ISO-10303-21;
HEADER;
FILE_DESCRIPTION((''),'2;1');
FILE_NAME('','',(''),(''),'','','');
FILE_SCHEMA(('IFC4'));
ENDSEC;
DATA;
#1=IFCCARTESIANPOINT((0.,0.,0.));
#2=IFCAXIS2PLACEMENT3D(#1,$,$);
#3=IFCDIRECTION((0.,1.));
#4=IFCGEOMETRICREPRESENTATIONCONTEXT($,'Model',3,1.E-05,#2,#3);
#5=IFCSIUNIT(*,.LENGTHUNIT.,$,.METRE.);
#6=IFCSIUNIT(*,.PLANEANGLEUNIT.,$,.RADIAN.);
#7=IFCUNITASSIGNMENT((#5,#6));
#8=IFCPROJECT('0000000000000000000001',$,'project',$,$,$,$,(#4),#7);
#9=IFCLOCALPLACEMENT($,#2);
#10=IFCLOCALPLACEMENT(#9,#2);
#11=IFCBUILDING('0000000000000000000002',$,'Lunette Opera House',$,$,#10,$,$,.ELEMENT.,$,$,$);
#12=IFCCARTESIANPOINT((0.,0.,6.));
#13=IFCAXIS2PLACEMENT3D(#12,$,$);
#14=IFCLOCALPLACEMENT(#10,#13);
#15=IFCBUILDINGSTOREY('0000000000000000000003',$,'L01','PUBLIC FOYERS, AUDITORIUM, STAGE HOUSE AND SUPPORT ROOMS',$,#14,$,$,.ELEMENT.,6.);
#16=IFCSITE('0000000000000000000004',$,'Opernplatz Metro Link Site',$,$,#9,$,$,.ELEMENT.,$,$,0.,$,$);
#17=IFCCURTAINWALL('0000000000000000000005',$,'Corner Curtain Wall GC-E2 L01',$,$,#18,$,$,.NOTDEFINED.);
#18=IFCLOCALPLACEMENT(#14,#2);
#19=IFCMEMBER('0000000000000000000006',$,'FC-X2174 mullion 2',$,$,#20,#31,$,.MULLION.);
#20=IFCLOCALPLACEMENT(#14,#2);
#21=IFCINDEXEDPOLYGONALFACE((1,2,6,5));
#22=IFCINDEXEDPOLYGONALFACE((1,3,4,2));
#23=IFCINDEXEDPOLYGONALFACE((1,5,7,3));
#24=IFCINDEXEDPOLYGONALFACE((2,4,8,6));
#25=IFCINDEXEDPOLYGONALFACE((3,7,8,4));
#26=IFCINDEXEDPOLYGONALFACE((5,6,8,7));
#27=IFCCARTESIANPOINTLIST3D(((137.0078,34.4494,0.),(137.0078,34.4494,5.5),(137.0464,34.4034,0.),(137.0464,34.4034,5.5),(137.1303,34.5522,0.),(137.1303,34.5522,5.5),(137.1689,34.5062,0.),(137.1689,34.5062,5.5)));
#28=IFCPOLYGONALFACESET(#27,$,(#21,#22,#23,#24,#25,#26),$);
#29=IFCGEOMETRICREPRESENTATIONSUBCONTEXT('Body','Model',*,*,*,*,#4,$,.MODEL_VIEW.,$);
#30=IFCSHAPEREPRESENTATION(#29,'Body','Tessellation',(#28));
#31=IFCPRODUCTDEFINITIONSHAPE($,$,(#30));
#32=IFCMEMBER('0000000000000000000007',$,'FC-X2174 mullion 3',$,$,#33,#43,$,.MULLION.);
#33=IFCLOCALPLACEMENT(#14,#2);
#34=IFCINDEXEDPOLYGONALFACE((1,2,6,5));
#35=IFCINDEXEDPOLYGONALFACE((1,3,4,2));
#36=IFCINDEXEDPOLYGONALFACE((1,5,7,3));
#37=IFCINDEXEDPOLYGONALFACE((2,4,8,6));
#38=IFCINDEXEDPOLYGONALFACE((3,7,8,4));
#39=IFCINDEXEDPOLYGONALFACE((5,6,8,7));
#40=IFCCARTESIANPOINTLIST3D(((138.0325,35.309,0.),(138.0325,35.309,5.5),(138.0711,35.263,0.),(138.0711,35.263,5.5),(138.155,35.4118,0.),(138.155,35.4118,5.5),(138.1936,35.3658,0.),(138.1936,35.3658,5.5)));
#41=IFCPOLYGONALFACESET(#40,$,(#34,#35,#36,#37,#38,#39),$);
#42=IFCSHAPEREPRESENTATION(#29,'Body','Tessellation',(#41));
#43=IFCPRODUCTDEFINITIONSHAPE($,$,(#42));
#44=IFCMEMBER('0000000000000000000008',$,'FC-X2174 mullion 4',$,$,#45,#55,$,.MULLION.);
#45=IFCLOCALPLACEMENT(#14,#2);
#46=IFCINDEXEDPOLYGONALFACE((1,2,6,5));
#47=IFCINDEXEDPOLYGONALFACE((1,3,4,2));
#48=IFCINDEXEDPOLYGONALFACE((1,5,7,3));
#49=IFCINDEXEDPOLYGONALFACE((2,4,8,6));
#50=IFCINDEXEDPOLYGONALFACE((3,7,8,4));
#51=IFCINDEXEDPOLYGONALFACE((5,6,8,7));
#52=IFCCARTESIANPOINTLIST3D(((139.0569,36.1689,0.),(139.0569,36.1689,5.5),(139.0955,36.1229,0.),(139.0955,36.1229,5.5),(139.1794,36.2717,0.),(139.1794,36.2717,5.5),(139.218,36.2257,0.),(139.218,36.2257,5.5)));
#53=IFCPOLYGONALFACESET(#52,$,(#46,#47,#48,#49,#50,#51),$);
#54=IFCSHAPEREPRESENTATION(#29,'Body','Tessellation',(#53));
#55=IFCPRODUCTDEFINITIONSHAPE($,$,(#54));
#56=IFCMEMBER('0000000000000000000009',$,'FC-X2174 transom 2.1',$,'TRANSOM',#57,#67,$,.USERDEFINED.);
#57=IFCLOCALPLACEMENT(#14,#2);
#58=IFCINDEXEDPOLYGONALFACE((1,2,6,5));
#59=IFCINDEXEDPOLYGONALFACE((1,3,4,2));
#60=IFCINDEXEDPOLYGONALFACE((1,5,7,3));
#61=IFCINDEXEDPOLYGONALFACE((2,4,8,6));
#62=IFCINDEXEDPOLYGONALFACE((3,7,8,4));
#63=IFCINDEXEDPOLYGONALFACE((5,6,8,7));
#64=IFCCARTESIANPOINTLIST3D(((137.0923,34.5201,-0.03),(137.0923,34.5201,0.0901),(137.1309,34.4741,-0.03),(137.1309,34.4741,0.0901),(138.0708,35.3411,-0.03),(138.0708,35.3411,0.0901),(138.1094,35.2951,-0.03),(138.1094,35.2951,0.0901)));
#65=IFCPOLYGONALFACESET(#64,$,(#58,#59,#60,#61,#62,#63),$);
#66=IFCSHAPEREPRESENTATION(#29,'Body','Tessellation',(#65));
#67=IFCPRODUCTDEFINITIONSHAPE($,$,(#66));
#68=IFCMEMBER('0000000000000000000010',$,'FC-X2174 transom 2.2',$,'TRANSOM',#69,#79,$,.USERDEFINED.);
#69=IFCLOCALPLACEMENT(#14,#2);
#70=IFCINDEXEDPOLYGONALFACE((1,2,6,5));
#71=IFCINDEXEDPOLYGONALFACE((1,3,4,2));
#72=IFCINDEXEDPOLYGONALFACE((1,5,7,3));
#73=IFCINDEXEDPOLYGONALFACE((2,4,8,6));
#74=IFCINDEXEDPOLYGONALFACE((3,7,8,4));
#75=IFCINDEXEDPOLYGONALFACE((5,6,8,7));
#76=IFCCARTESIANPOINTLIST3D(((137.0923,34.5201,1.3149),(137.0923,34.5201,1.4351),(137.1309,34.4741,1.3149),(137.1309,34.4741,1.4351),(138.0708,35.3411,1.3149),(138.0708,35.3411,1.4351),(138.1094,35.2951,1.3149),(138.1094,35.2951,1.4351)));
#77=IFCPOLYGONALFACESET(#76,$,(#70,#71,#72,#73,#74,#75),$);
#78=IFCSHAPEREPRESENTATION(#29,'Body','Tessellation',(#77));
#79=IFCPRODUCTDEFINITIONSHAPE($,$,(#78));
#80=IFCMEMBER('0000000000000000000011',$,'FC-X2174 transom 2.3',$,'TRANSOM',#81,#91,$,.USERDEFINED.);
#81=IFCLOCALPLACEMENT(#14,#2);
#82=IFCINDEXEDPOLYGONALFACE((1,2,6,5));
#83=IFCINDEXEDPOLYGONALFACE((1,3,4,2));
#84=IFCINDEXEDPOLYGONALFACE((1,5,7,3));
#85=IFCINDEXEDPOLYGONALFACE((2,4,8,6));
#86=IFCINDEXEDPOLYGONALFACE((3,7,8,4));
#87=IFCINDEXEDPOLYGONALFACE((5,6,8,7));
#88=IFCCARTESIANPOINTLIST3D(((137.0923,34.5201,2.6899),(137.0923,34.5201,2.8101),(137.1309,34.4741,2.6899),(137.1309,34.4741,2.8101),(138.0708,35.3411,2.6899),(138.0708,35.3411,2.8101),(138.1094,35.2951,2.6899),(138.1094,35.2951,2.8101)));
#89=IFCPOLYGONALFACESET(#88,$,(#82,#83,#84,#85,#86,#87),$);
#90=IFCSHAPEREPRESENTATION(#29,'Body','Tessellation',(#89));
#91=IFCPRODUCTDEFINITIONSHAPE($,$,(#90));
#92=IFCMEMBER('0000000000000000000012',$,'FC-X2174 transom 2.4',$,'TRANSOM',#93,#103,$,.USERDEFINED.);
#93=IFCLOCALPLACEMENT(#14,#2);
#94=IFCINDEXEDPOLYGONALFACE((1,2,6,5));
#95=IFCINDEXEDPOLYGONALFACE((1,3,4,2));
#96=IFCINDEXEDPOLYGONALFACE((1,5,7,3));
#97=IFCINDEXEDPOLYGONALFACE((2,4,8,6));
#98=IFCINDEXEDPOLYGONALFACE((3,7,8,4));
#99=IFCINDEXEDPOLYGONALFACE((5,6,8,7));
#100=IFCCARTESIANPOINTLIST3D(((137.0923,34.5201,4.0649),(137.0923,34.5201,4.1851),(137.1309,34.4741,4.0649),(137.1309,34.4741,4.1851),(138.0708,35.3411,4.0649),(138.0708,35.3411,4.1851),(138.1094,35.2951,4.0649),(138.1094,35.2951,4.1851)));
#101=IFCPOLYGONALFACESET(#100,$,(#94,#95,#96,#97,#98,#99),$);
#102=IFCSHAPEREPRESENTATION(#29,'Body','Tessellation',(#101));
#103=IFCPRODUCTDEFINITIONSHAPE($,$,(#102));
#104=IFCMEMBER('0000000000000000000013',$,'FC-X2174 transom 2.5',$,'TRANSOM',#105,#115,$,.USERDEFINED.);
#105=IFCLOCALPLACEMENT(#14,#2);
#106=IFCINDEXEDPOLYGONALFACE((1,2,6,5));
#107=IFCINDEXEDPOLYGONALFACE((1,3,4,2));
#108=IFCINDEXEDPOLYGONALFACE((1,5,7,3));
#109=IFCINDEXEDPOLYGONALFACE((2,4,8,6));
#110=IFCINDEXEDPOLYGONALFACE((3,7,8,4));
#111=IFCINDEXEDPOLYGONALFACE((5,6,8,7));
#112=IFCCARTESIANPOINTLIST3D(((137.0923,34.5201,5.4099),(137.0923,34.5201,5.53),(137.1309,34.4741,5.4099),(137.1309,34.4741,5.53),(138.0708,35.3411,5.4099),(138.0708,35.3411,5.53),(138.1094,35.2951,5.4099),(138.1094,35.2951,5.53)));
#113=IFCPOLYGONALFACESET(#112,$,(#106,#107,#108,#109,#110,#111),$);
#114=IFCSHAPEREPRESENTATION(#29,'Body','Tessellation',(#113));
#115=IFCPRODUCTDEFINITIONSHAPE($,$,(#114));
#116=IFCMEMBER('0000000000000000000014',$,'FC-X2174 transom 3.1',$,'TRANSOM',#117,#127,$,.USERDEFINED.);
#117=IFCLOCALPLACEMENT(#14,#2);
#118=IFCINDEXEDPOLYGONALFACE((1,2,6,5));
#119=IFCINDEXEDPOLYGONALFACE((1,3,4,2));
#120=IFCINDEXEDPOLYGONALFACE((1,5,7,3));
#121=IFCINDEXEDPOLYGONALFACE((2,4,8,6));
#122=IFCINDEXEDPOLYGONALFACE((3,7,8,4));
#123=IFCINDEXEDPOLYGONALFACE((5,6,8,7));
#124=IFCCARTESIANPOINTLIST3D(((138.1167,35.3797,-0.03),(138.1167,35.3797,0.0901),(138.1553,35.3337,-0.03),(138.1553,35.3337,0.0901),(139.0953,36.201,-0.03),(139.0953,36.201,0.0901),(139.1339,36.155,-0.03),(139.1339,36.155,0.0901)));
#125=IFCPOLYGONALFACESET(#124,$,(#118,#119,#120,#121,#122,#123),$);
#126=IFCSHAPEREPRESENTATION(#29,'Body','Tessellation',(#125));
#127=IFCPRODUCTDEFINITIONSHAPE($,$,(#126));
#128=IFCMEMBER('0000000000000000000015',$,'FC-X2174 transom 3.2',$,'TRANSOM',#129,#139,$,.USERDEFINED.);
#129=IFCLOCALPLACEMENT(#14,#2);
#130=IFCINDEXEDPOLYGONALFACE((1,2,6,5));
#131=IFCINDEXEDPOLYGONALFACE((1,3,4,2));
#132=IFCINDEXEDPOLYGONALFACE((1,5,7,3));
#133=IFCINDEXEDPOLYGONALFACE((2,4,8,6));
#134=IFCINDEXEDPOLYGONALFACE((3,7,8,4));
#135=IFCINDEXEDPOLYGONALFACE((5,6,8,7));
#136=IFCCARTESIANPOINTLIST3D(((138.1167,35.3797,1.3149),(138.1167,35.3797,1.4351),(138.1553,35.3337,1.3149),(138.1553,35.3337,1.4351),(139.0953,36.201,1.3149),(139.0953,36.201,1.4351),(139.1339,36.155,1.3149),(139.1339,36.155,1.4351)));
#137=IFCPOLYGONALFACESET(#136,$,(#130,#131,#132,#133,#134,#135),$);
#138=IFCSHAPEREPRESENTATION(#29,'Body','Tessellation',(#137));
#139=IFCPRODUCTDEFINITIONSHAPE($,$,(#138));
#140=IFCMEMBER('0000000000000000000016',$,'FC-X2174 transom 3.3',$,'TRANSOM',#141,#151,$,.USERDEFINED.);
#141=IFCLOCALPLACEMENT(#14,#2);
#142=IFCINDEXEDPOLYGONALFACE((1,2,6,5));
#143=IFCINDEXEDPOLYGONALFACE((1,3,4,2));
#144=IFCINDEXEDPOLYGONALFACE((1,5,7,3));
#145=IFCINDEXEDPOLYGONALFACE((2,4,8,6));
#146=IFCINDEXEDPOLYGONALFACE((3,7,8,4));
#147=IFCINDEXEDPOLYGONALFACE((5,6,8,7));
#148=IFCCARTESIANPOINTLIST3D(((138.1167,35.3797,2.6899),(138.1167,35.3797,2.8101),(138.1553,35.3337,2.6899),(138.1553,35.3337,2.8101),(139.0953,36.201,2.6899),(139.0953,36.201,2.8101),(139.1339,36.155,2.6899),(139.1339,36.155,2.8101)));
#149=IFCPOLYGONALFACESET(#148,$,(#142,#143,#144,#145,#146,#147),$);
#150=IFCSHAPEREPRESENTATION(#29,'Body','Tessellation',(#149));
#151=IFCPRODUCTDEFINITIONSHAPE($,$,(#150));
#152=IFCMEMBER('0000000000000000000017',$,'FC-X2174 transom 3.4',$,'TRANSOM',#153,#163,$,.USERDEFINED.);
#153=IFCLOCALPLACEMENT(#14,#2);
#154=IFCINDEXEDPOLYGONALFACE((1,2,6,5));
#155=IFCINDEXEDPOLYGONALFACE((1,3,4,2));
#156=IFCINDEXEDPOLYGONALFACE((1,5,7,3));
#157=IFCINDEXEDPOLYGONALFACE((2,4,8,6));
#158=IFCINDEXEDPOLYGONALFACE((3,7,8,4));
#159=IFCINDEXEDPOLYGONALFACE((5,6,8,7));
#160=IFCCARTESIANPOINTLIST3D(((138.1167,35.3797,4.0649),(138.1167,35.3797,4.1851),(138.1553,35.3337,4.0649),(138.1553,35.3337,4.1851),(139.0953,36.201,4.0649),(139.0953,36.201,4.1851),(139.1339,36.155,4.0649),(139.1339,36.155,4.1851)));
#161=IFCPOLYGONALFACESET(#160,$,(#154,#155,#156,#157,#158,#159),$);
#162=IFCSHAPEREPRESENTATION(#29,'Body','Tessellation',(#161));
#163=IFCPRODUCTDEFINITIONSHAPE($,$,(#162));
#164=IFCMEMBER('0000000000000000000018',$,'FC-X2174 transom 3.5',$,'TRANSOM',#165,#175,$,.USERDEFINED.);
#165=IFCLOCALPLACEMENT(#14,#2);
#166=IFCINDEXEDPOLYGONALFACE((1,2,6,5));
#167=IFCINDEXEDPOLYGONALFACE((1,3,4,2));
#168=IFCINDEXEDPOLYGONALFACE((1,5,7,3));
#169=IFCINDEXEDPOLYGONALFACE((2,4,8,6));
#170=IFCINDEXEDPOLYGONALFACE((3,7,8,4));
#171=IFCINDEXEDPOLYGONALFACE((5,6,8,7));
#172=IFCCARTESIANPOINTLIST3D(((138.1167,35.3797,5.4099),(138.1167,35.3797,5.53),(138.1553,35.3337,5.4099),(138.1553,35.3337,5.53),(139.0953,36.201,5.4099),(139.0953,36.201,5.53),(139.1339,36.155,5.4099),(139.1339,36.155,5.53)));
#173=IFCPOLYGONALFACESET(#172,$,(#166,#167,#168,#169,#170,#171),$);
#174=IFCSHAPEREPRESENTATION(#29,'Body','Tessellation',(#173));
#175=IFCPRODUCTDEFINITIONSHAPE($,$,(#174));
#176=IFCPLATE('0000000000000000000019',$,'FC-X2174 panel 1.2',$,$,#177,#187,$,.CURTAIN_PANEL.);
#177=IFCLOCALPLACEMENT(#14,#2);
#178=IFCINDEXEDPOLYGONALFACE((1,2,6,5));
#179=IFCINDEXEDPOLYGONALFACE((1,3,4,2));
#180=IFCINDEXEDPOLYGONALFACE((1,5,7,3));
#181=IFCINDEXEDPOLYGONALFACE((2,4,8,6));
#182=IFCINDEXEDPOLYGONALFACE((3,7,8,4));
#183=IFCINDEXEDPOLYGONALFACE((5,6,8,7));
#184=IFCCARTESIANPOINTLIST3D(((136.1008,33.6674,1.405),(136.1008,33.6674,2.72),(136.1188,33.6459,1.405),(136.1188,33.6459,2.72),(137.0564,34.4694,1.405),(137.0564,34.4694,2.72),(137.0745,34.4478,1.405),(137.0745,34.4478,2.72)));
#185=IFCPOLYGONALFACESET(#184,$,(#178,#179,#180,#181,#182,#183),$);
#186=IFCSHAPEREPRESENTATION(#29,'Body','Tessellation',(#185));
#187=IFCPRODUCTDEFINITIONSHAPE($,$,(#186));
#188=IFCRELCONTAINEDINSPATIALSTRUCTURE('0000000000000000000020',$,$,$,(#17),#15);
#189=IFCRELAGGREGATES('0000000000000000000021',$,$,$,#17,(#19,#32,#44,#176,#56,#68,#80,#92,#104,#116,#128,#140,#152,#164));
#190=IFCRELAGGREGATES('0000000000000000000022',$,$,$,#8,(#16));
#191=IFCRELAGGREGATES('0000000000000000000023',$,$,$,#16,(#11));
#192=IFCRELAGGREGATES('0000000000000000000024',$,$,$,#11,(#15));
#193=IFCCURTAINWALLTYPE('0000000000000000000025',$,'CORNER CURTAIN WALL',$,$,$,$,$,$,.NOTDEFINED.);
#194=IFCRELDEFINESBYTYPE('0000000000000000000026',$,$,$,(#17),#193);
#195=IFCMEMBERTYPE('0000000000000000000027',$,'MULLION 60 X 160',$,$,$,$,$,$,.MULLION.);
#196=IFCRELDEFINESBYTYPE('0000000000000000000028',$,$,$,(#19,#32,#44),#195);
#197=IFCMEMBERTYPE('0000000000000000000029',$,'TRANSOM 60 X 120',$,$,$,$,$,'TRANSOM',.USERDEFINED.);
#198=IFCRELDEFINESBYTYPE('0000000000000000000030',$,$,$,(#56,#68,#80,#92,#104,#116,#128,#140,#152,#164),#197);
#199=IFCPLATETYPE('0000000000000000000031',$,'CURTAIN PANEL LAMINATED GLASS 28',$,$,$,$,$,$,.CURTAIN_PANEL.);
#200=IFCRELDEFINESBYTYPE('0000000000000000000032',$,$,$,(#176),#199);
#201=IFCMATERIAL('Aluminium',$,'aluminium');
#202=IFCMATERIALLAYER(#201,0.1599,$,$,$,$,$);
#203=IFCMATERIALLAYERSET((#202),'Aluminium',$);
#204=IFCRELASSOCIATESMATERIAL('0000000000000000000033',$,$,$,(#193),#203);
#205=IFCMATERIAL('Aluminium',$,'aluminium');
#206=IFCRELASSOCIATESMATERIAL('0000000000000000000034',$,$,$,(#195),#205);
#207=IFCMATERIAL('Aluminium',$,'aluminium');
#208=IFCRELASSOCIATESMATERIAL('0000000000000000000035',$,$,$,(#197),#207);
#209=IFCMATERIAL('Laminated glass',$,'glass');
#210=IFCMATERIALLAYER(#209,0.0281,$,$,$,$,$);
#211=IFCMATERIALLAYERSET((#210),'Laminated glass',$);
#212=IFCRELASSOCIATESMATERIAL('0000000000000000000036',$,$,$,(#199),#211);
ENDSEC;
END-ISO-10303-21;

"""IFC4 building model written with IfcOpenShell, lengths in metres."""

from ifc_helpers import new_model, si_unit, direction, frame, origin, origin_2d, place, context, subcontext, project, spatial, rectangle, extrude, material, layer, layer_set, material_profile, profile_set, type_object, element, aggregate, save


model = new_model("IFC4")

# Units and contexts
model_context = context("Model", 3, precision=1e-05, world=origin(), true_north=direction((0.0, 1.0)))
body_context = subcontext(model_context, "Body", "Model", "MODEL_VIEW")
ifc_project = project(units=[si_unit("LENGTHUNIT", "METRE"), si_unit("PLANEANGLEUNIT", "RADIAN")], contexts=[model_context])

# Site, building, storey
site_placement = place(None, origin())
site = spatial("IfcSite", under=ifc_project, at=site_placement, Name="Opernplatz Metro Link Site", CompositionType="ELEMENT", RefElevation=0.0)
building_placement = place(site_placement, origin())
building = spatial("IfcBuilding", under=site, at=building_placement, Name="Lunette Opera House", CompositionType="ELEMENT")
storey_placement = place(building_placement, frame((0.0, 0.0, 6.0)))
storey = spatial("IfcBuildingStorey", under=building, at=storey_placement, Name="L01", Description="PUBLIC FOYERS, AUDITORIUM, STAGE HOUSE AND SUPPORT ROOMS", CompositionType="ELEMENT", Elevation=6.0)

# Curtain wall, members, plate
ifc_material_1 = material(Name="Aluminium", Category="aluminium")
ifc_layer_1 = layer(ifc_material_1, 0.1599)
ifc_layer_set_1 = layer_set([ifc_layer_1], Name="Aluminium")
curtain_wall_type = type_object("IfcCurtainWallType", Name="CORNER CURTAIN WALL", PredefinedType="NOTDEFINED", material=ifc_layer_set_1)
curtain_wall_placement = place(storey_placement, origin())
curtain_wall = element("IfcCurtainWall", 1, at=curtain_wall_placement, inside=storey, type_object=curtain_wall_type, Name="Corner Curtain Wall GC-E2 L01", PredefinedType="NOTDEFINED")
ifc_material_2 = material(Name="Aluminium", Category="aluminium")
ifc_material_profile_1 = material_profile(ifc_material_2, rectangle(XDim=0.0601, YDim=0.1599, at=origin_2d()), Name="MULLION 60 X 160")
ifc_profile_set_1 = profile_set([ifc_material_profile_1], Name="Aluminium")
member_type_1 = type_object("IfcMemberType", Name="MULLION 60 X 160", PredefinedType="MULLION", material=ifc_profile_set_1)
member_1_placement = place(storey_placement, frame((137.0884, 34.4778, 0.0), z_axis=(0.0, 0.0, 1.0), x_axis=(-0.642828, 0.76601, 0.0)))
member_1 = element("IfcMember", 2, at=member_1_placement, type_object=member_type_1, Name="FC-X2174 mullion 2", PredefinedType="MULLION", context=body_context, shape_type="SweptSolid", body=[
    extrude(rectangle(XDim=0.0601, YDim=0.1599, at=origin_2d()), origin(), (0.0, 0.0, 1.0), 5.5),
])
member_2_placement = place(storey_placement, frame((138.113, 35.3374, 0.0), z_axis=(0.0, 0.0, 1.0), x_axis=(-0.642828, 0.76601, 0.0)))
member_2 = element("IfcMember", 3, at=member_2_placement, type_object=member_type_1, Name="FC-X2174 mullion 3", PredefinedType="MULLION", context=body_context, shape_type="SweptSolid", body=[
    extrude(rectangle(XDim=0.0601, YDim=0.1599, at=origin_2d()), origin(), (0.0, 0.0, 1.0), 5.5),
])
member_3_placement = place(storey_placement, frame((139.1375, 36.1973, 0.0), z_axis=(0.0, 0.0, 1.0), x_axis=(-0.642828, 0.76601, 0.0)))
member_3 = element("IfcMember", 4, at=member_3_placement, type_object=member_type_1, Name="FC-X2174 mullion 4", PredefinedType="MULLION", context=body_context, shape_type="SweptSolid", body=[
    extrude(rectangle(XDim=0.0601, YDim=0.1599, at=origin_2d()), origin(), (0.0, 0.0, 1.0), 5.5),
])
ifc_material_3 = material(Name="Aluminium", Category="aluminium")
ifc_material_profile_2 = material_profile(ifc_material_3, rectangle(XDim=0.0601, YDim=0.1201, at=origin_2d()), Name="TRANSOM 60 X 120")
ifc_profile_set_2 = profile_set([ifc_material_profile_2], Name="Aluminium")
member_type_2 = type_object("IfcMemberType", Name="TRANSOM 60 X 120", ElementType="TRANSOM", PredefinedType="USERDEFINED", material=ifc_profile_set_2)
member_4_placement = place(storey_placement, frame((137.1116, 34.4971, 0.03), z_axis=(0.766055, 0.642775, 0.0), x_axis=(-0.642775, 0.766055, 0.0)))
member_4 = element("IfcMember", 5, at=member_4_placement, type_object=member_type_2, Name="FC-X2174 transom 2.1", ObjectType="TRANSOM", PredefinedType="USERDEFINED", context=body_context, shape_type="SweptSolid", body=[
    extrude(rectangle(XDim=0.0601, YDim=0.1201, at=origin_2d()), origin(), (0.0, 0.0, 1.0), 1.2773),
])
member_5_placement = place(storey_placement, frame((137.1116, 34.4971, 1.375), z_axis=(0.766055, 0.642775, 0.0), x_axis=(-0.642775, 0.766055, 0.0)))
member_5 = element("IfcMember", 6, at=member_5_placement, type_object=member_type_2, Name="FC-X2174 transom 2.2", ObjectType="TRANSOM", PredefinedType="USERDEFINED", context=body_context, shape_type="SweptSolid", body=[
    extrude(rectangle(XDim=0.0601, YDim=0.1201, at=origin_2d()), origin(), (0.0, 0.0, 1.0), 1.2773),
])
member_6_placement = place(storey_placement, frame((137.1116, 34.4971, 2.75), z_axis=(0.766055, 0.642775, 0.0), x_axis=(-0.642775, 0.766055, 0.0)))
member_6 = element("IfcMember", 7, at=member_6_placement, type_object=member_type_2, Name="FC-X2174 transom 2.3", ObjectType="TRANSOM", PredefinedType="USERDEFINED", context=body_context, shape_type="SweptSolid", body=[
    extrude(rectangle(XDim=0.0601, YDim=0.1201, at=origin_2d()), origin(), (0.0, 0.0, 1.0), 1.2773),
])
member_7_placement = place(storey_placement, frame((137.1116, 34.4971, 4.125), z_axis=(0.766055, 0.642775, 0.0), x_axis=(-0.642775, 0.766055, 0.0)))
member_7 = element("IfcMember", 8, at=member_7_placement, type_object=member_type_2, Name="FC-X2174 transom 2.4", ObjectType="TRANSOM", PredefinedType="USERDEFINED", context=body_context, shape_type="SweptSolid", body=[
    extrude(rectangle(XDim=0.0601, YDim=0.1201, at=origin_2d()), origin(), (0.0, 0.0, 1.0), 1.2773),
])
member_8_placement = place(storey_placement, frame((137.1116, 34.4971, 5.47), z_axis=(0.766055, 0.642775, 0.0), x_axis=(-0.642775, 0.766055, 0.0)))
member_8 = element("IfcMember", 9, at=member_8_placement, type_object=member_type_2, Name="FC-X2174 transom 2.5", ObjectType="TRANSOM", PredefinedType="USERDEFINED", context=body_context, shape_type="SweptSolid", body=[
    extrude(rectangle(XDim=0.0601, YDim=0.1201, at=origin_2d()), origin(), (0.0, 0.0, 1.0), 1.2773),
])
member_9_placement = place(storey_placement, frame((138.136, 35.3567, 0.03), z_axis=(0.765961, 0.642887, 0.0), x_axis=(-0.642887, 0.765961, 0.0)))
member_9 = element("IfcMember", 10, at=member_9_placement, type_object=member_type_2, Name="FC-X2174 transom 3.1", ObjectType="TRANSOM", PredefinedType="USERDEFINED", context=body_context, shape_type="SweptSolid", body=[
    extrude(rectangle(XDim=0.0601, YDim=0.1201, at=origin_2d()), origin(), (0.0, 0.0, 1.0), 1.2776),
])
member_10_placement = place(storey_placement, frame((138.136, 35.3567, 1.375), z_axis=(0.765961, 0.642887, 0.0), x_axis=(-0.642887, 0.765961, 0.0)))
member_10 = element("IfcMember", 11, at=member_10_placement, type_object=member_type_2, Name="FC-X2174 transom 3.2", ObjectType="TRANSOM", PredefinedType="USERDEFINED", context=body_context, shape_type="SweptSolid", body=[
    extrude(rectangle(XDim=0.0601, YDim=0.1201, at=origin_2d()), origin(), (0.0, 0.0, 1.0), 1.2776),
])
member_11_placement = place(storey_placement, frame((138.136, 35.3567, 2.75), z_axis=(0.765961, 0.642887, 0.0), x_axis=(-0.642887, 0.765961, 0.0)))
member_11 = element("IfcMember", 12, at=member_11_placement, type_object=member_type_2, Name="FC-X2174 transom 3.3", ObjectType="TRANSOM", PredefinedType="USERDEFINED", context=body_context, shape_type="SweptSolid", body=[
    extrude(rectangle(XDim=0.0601, YDim=0.1201, at=origin_2d()), origin(), (0.0, 0.0, 1.0), 1.2776),
])
member_12_placement = place(storey_placement, frame((138.136, 35.3567, 4.125), z_axis=(0.765961, 0.642887, 0.0), x_axis=(-0.642887, 0.765961, 0.0)))
member_12 = element("IfcMember", 13, at=member_12_placement, type_object=member_type_2, Name="FC-X2174 transom 3.4", ObjectType="TRANSOM", PredefinedType="USERDEFINED", context=body_context, shape_type="SweptSolid", body=[
    extrude(rectangle(XDim=0.0601, YDim=0.1201, at=origin_2d()), origin(), (0.0, 0.0, 1.0), 1.2776),
])
member_13_placement = place(storey_placement, frame((138.136, 35.3567, 5.47), z_axis=(0.765961, 0.642887, 0.0), x_axis=(-0.642887, 0.765961, 0.0)))
member_13 = element("IfcMember", 14, at=member_13_placement, type_object=member_type_2, Name="FC-X2174 transom 3.5", ObjectType="TRANSOM", PredefinedType="USERDEFINED", context=body_context, shape_type="SweptSolid", body=[
    extrude(rectangle(XDim=0.0601, YDim=0.1201, at=origin_2d()), origin(), (0.0, 0.0, 1.0), 1.2776),
])
ifc_material_4 = material(Name="Laminated glass", Category="glass")
ifc_layer_2 = layer(ifc_material_4, 0.0281)
ifc_layer_set_2 = layer_set([ifc_layer_2], Name="Laminated glass")
plate_type = type_object("IfcPlateType", Name="CURTAIN PANEL LAMINATED GLASS 28", PredefinedType="CURTAIN_PANEL", material=ifc_layer_set_2)
plate_1_placement = place(storey_placement, frame((136.5876, 34.0576, 1.405), z_axis=(0.0, 0.0, 1.0), x_axis=(0.76601, 0.642828, 0.0)))
plate_1 = element("IfcPlate", 15, at=plate_1_placement, type_object=plate_type, Name="FC-X2174 panel 1.2", PredefinedType="CURTAIN_PANEL", context=body_context, shape_type="SweptSolid", body=[
    extrude(rectangle(XDim=1.2476, YDim=0.0281, at=origin_2d()), origin(), (0.0, 0.0, 1.0), 1.3149),
])
aggregate(curtain_wall, [member_1, member_2, member_3, plate_1, member_4, member_5, member_6, member_7, member_8, member_9, member_10, member_11, member_12, member_13])

save(model, "model.ifc")
